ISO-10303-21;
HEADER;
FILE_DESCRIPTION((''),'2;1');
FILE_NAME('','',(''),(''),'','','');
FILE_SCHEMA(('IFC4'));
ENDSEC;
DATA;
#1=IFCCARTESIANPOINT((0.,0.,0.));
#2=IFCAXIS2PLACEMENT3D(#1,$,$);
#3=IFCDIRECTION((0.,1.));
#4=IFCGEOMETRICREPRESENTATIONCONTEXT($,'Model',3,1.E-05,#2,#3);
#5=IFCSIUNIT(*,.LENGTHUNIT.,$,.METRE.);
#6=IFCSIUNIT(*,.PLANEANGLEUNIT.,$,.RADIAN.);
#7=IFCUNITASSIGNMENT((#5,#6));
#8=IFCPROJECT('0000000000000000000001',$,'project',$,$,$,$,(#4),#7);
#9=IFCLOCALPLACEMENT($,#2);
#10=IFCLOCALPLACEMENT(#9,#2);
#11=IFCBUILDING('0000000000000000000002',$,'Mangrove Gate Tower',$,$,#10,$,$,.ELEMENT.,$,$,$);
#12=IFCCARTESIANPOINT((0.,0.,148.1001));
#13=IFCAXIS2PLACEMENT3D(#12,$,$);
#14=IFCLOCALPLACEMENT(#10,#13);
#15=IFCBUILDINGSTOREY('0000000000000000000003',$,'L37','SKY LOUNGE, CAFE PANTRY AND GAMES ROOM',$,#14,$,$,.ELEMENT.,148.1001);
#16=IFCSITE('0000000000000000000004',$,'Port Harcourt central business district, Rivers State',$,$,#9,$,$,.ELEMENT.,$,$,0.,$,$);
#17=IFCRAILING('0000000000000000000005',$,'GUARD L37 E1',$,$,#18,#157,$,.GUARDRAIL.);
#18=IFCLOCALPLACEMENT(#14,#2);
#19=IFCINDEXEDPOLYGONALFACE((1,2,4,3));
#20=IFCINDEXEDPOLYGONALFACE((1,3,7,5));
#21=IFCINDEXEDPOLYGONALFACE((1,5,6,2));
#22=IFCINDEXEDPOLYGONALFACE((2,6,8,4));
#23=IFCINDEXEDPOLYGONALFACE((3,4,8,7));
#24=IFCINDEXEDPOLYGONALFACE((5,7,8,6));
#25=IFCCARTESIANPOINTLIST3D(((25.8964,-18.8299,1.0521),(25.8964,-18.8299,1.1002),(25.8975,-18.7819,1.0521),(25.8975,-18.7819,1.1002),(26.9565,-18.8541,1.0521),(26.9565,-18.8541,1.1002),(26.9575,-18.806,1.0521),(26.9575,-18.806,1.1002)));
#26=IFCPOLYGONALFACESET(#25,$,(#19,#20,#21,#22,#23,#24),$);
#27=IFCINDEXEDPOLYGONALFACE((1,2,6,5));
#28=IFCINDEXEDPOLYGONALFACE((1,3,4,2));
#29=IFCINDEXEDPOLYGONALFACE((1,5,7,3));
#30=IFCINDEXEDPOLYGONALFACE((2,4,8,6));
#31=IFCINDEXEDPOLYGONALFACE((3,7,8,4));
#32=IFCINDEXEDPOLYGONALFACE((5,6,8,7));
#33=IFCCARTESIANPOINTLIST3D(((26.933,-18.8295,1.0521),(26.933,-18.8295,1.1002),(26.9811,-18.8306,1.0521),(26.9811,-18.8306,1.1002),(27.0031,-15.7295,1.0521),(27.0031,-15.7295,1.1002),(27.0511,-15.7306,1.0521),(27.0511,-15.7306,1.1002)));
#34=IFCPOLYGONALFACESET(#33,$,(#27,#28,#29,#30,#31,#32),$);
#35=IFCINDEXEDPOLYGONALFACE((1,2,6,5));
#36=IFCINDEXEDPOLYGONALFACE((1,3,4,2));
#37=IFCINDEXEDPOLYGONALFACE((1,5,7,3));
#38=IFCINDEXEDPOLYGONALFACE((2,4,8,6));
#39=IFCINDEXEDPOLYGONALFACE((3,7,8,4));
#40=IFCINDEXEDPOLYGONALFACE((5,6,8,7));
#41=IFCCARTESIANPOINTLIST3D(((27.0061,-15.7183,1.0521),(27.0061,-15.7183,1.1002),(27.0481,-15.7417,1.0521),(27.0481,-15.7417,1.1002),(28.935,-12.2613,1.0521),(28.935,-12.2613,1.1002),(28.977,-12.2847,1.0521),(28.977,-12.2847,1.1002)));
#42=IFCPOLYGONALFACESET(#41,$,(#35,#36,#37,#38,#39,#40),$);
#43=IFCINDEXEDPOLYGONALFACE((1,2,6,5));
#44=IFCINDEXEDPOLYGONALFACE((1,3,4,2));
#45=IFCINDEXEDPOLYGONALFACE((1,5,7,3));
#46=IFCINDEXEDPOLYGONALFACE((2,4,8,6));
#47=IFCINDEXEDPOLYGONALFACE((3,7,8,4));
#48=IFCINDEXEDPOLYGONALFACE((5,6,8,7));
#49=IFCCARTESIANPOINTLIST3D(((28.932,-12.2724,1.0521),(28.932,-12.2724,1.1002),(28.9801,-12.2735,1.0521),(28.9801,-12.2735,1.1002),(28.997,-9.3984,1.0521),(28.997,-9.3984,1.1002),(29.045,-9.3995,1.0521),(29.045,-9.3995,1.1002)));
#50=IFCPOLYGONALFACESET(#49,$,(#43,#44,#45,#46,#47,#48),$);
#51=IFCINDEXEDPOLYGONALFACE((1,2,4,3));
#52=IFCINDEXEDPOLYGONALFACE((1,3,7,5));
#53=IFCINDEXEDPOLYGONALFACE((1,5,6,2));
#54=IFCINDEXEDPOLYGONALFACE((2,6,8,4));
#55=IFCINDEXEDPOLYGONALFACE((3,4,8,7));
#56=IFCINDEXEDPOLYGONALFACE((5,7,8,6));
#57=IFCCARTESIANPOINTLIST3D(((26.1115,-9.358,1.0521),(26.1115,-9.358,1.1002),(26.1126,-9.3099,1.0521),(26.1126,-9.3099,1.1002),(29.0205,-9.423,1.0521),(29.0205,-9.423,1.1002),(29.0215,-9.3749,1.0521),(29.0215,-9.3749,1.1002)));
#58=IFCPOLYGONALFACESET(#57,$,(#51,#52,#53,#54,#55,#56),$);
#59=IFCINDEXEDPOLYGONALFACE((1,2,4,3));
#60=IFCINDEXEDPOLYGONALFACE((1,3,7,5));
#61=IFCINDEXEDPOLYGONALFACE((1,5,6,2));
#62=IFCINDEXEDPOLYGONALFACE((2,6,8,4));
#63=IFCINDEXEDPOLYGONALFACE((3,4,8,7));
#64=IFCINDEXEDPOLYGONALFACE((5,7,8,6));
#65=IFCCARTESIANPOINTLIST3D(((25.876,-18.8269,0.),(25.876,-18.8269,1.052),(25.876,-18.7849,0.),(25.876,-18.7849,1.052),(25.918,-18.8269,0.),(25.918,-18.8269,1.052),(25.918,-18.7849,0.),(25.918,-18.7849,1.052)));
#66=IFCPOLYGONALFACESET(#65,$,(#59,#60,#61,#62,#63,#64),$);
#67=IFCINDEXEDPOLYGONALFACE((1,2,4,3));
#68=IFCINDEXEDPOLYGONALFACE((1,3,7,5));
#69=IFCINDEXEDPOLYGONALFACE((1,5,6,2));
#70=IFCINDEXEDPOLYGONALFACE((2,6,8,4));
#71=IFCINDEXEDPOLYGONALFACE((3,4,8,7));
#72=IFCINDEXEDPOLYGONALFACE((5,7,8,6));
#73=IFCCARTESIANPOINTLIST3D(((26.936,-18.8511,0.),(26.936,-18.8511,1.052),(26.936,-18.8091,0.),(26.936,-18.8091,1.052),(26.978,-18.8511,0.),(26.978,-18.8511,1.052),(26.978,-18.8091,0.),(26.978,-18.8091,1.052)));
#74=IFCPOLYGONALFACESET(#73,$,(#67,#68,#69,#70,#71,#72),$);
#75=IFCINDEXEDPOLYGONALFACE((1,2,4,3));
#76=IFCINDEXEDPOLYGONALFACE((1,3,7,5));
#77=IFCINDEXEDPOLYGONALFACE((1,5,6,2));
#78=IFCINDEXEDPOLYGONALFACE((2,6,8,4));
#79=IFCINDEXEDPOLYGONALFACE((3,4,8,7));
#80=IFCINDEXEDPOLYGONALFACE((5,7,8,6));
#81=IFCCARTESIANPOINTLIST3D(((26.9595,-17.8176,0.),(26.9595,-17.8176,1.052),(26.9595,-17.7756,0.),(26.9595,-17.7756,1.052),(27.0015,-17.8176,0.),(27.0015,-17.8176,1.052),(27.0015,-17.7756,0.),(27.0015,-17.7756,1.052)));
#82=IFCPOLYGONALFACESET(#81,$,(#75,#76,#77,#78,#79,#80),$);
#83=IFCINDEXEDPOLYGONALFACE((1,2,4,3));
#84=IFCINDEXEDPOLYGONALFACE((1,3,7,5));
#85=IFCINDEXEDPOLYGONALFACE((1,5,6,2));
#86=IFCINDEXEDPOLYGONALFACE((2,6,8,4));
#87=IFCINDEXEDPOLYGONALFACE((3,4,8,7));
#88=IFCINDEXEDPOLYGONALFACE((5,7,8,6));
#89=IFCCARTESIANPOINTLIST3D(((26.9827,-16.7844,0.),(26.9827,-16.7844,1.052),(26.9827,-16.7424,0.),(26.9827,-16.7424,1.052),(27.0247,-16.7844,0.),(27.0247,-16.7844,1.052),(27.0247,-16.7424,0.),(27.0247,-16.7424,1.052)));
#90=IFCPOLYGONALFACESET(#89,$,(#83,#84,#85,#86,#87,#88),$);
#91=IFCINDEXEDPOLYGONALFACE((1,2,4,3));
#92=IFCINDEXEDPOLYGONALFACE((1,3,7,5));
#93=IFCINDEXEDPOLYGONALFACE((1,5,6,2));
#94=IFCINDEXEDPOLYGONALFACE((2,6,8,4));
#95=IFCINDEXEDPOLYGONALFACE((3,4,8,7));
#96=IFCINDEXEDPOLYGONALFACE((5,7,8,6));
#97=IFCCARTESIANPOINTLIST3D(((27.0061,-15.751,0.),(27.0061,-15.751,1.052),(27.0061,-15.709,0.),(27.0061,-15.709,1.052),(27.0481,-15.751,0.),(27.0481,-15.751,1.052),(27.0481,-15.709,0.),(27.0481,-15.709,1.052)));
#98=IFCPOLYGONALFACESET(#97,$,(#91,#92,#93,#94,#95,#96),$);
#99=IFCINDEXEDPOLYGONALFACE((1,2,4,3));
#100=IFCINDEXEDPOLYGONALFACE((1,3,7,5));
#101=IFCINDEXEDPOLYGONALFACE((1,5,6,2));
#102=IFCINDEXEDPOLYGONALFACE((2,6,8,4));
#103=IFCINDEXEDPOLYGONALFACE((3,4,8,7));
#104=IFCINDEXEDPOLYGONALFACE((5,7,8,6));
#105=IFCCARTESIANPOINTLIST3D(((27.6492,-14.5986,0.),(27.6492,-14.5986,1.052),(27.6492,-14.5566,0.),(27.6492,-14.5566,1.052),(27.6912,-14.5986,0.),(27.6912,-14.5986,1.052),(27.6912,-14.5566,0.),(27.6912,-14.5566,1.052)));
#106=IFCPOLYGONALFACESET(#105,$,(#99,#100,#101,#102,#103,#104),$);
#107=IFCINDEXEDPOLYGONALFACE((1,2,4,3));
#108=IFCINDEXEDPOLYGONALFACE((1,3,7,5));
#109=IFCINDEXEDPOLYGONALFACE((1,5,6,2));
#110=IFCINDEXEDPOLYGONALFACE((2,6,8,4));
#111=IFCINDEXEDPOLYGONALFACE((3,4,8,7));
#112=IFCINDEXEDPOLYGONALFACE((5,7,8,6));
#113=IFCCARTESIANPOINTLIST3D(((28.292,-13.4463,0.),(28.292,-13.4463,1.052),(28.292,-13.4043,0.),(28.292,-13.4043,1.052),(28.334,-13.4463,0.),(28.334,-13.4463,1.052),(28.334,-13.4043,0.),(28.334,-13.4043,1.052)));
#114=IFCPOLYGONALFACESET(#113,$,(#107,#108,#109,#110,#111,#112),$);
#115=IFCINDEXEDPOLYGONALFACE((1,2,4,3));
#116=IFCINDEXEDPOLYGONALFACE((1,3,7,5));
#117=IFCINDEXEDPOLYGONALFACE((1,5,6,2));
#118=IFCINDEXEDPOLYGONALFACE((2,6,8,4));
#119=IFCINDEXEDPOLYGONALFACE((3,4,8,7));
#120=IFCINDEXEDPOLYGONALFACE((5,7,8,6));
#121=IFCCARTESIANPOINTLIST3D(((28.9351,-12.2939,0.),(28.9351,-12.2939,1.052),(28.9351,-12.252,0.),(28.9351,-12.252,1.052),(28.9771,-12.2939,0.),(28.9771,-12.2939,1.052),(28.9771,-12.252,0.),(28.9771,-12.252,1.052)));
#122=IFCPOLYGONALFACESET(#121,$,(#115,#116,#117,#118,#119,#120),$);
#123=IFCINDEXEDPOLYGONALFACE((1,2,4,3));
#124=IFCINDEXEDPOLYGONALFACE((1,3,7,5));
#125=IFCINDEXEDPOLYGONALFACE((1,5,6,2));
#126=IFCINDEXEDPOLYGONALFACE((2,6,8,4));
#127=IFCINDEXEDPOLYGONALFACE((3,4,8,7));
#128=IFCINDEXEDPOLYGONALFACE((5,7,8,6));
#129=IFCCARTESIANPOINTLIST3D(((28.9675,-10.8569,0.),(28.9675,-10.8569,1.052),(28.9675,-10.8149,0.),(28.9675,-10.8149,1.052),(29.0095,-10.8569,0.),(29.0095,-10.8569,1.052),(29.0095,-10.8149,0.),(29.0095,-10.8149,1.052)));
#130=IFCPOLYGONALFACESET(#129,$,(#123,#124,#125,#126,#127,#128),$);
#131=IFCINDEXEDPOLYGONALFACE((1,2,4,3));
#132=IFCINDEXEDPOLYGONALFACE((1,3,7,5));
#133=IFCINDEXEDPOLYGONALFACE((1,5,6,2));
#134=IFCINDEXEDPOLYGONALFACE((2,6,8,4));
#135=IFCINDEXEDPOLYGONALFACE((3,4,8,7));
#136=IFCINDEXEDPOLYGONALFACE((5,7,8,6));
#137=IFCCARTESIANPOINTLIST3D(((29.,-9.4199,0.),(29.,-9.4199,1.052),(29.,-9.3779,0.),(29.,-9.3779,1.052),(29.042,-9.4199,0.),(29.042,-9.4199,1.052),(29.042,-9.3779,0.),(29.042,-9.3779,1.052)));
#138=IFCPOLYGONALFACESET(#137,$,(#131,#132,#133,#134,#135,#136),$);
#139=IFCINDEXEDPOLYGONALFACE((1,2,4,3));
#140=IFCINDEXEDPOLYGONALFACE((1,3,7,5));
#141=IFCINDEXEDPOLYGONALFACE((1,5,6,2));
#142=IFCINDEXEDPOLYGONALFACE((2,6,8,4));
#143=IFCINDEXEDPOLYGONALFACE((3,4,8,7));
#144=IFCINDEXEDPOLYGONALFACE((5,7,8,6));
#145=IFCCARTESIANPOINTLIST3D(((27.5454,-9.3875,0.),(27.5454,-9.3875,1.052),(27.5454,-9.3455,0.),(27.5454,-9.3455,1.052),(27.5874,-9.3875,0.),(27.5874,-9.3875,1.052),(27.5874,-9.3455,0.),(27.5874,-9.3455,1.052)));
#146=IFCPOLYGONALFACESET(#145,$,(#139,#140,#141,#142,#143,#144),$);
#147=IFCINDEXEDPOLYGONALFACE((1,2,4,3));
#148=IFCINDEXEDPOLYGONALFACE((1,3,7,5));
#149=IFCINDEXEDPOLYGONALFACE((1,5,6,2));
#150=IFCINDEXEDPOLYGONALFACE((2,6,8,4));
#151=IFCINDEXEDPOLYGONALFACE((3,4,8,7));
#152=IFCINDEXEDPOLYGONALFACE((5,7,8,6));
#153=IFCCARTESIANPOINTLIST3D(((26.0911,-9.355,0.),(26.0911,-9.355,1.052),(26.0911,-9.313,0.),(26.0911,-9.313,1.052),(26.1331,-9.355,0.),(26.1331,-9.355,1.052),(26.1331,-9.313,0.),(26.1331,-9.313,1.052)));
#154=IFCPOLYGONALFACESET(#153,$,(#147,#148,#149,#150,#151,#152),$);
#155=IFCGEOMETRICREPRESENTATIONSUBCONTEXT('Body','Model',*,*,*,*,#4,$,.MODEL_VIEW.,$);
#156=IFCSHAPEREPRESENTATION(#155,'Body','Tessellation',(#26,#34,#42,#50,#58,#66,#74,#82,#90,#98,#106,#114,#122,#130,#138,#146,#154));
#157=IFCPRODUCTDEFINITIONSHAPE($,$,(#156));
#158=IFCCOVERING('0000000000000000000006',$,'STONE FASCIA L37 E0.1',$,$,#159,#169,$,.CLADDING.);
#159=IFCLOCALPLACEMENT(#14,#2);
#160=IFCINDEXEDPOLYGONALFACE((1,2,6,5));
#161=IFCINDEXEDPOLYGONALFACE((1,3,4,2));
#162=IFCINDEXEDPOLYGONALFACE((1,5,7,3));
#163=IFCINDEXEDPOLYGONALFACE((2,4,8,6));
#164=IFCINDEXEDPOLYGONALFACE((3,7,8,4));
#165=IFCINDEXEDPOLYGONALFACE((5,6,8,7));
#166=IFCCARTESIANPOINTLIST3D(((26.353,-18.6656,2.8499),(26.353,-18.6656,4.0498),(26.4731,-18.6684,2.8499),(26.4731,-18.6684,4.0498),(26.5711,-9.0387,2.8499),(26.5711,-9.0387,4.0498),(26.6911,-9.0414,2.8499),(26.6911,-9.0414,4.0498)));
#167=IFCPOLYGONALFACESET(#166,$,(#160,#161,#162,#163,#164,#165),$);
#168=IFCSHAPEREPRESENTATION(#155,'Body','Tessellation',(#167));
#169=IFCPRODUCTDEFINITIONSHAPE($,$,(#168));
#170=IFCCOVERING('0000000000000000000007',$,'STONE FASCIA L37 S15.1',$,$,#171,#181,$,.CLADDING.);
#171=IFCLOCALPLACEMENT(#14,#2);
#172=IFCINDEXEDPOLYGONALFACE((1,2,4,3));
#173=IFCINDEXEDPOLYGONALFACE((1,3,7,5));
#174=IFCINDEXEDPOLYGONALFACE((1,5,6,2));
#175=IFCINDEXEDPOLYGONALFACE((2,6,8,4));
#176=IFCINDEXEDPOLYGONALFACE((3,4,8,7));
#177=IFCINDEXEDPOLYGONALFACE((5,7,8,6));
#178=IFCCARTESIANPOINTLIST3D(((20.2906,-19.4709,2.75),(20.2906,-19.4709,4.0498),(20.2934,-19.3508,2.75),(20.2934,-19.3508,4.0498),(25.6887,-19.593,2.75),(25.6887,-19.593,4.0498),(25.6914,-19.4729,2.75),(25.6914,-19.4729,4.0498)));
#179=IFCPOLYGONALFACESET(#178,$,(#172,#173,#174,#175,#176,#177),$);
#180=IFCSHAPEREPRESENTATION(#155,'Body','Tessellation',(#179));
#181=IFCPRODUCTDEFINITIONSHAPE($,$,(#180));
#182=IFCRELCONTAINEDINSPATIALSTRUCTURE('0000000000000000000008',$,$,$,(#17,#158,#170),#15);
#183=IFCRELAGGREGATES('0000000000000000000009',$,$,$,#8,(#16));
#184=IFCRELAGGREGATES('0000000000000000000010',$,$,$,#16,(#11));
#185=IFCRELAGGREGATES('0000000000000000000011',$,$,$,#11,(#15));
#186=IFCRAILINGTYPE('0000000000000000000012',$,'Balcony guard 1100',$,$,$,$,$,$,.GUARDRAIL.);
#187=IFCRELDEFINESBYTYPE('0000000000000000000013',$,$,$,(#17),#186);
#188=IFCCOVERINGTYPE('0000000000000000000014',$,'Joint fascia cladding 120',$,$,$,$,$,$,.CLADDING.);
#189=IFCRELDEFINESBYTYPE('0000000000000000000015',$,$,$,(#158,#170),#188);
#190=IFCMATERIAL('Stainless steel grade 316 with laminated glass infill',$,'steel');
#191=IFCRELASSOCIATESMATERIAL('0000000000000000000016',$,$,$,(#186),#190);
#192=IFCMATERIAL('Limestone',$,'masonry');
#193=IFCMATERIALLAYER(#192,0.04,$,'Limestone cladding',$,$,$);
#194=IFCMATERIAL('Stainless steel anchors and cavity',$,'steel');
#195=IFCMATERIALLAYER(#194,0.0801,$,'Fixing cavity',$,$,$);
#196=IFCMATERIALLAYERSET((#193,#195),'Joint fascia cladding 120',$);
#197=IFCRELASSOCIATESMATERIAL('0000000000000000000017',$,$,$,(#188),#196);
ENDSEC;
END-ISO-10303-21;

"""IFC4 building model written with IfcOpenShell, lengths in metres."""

from ifc_helpers import new_model, si_unit, direction, frame, frame_2d, origin, origin_2d, place, context, subcontext, project, spatial, rectangle, extrude, material, layer, layer_set, type_object, element, save


model = new_model("IFC4")

# Units and contexts
model_context = context("Model", 3, precision=1e-05, world=origin(), true_north=direction((0.0, 1.0)))
body_context = subcontext(model_context, "Body", "Model", "MODEL_VIEW")
ifc_project = project(units=[si_unit("LENGTHUNIT", "METRE"), si_unit("PLANEANGLEUNIT", "RADIAN")], contexts=[model_context])

# Site, building, storey
site_placement = place(None, origin())
site = spatial("IfcSite", under=ifc_project, at=site_placement, Name="Port Harcourt central business district, Rivers State", CompositionType="ELEMENT", RefElevation=0.0)
building_placement = place(site_placement, origin())
building = spatial("IfcBuilding", under=site, at=building_placement, Name="Mangrove Gate Tower", CompositionType="ELEMENT")
storey_placement = place(building_placement, frame((0.0, 0.0, 148.1001)))
storey = spatial("IfcBuildingStorey", under=building, at=storey_placement, Name="L37", Description="SKY LOUNGE, CAFE PANTRY AND GAMES ROOM", CompositionType="ELEMENT", Elevation=148.1001)

# Shared definitions
ifc_material_1 = material(Name="Limestone", Category="masonry")

# Railing
ifc_material_2 = material(Name="Stainless steel grade 316 with laminated glass infill", Category="steel")
railing_type = type_object("IfcRailingType", Name="Balcony guard 1100", PredefinedType="GUARDRAIL", material=ifc_material_2)
railing_placement = place(storey_placement, frame((25.897, -18.8059, 0.0)))
element("IfcRailing", 1, at=railing_placement, inside=storey, type_object=railing_type, Name="GUARD L37 E1", PredefinedType="GUARDRAIL", context=body_context, shape_type="SweptSolid", body=[
    extrude(rectangle(XDim=0.0481, YDim=0.0481, at=origin_2d()), frame((0.0, 0.0, 1.0762), z_axis=(0.99974, -0.022795, 0.0), x_axis=(0.022795, 0.99974, 0.0)), (0.0, 0.0, 1.0), 1.0603),
    extrude(rectangle(XDim=0.0481, YDim=0.0481, at=origin_2d()), frame((1.0601, -0.0242, 1.0762), z_axis=(0.022596, 0.999745, 0.0), x_axis=(-0.999745, 0.022596, 0.0)), (0.0, 0.0, 1.0), 3.1008),
    extrude(rectangle(XDim=0.0481, YDim=0.0481, at=origin_2d()), frame((1.1301, 3.0759, 1.0762), z_axis=(0.48726, 0.873257, 0.0), x_axis=(-0.873257, 0.48726, 0.0)), (0.0, 0.0, 1.0), 3.9587),
    extrude(rectangle(XDim=0.0481, YDim=0.0481, at=origin_2d()), frame((3.0591, 6.533, 1.0762), z_axis=(0.02259, 0.999745, 0.0), x_axis=(-0.999745, 0.02259, 0.0)), (0.0, 0.0, 1.0), 2.8748),
    extrude(rectangle(XDim=0.0481, YDim=0.0481, at=origin_2d()), frame((3.124, 9.407, 1.0762), z_axis=(-0.999751, 0.022319, 0.0), x_axis=(-0.022319, -0.999751, 0.0)), (0.0, 0.0, 1.0), 2.9097),
    extrude(rectangle(XDim=0.042, YDim=0.042, at=origin_2d()), origin(), (0.0, 0.0, 1.0), 1.052),
    extrude(rectangle(XDim=0.042, YDim=0.042, at=origin_2d()), frame((1.0601, -0.0242, 0.0)), (0.0, 0.0, 1.0), 1.052),
    extrude(rectangle(XDim=0.042, YDim=0.042, at=origin_2d()), frame((1.0835, 1.0093, 0.0)), (0.0, 0.0, 1.0), 1.052),
    extrude(rectangle(XDim=0.042, YDim=0.042, at=origin_2d()), frame((1.1067, 2.0425, 0.0)), (0.0, 0.0, 1.0), 1.052),
    extrude(rectangle(XDim=0.042, YDim=0.042, at=origin_2d()), frame((1.1301, 3.0759, 0.0)), (0.0, 0.0, 1.0), 1.052),
    extrude(rectangle(XDim=0.042, YDim=0.042, at=origin_2d()), frame((1.7732, 4.2283, 0.0)), (0.0, 0.0, 1.0), 1.052),
    extrude(rectangle(XDim=0.042, YDim=0.042, at=origin_2d()), frame((2.416, 5.3806, 0.0)), (0.0, 0.0, 1.0), 1.052),
    extrude(rectangle(XDim=0.042, YDim=0.042, at=origin_2d()), frame((3.0591, 6.533, 0.0)), (0.0, 0.0, 1.0), 1.052),
    extrude(rectangle(XDim=0.042, YDim=0.042, at=origin_2d()), frame((3.0916, 7.97, 0.0)), (0.0, 0.0, 1.0), 1.052),
    extrude(rectangle(XDim=0.042, YDim=0.042, at=origin_2d()), frame((3.124, 9.407, 0.0)), (0.0, 0.0, 1.0), 1.052),
    extrude(rectangle(XDim=0.042, YDim=0.042, at=origin_2d()), frame((1.6694, 9.4395, 0.0)), (0.0, 0.0, 1.0), 1.052),
    extrude(rectangle(XDim=0.042, YDim=0.042, at=origin_2d()), frame((0.2151, 9.4719, 0.0)), (0.0, 0.0, 1.0), 1.052),
])

# Coverings
ifc_layer_1 = layer(ifc_material_1, 0.04, Name="Limestone cladding")
ifc_material_3 = material(Name="Stainless steel anchors and cavity", Category="steel")
ifc_layer_2 = layer(ifc_material_3, 0.0801, Name="Fixing cavity")
ifc_layer_set_1 = layer_set([ifc_layer_1, ifc_layer_2], Name="Joint fascia cladding 120")
covering_type = type_object("IfcCoveringType", Name="Joint fascia cladding 120", PredefinedType="CLADDING", material=ifc_layer_set_1)
covering_1_placement = place(storey_placement, frame((26.4131, -18.667, 2.8499), z_axis=(0.0, 0.0, 1.0), x_axis=(0.022641, 0.999744, 0.0)))
element("IfcCovering", 2, at=covering_1_placement, inside=storey, type_object=covering_type, Name="STONE FASCIA L37 E0.1", PredefinedType="CLADDING", context=body_context, shape_type="SweptSolid", body=[
    extrude(rectangle(XDim=9.6294, YDim=0.1201, at=frame_2d((4.8147, 0.0))), origin(), (0.0, 0.0, 1.0), 1.2),
])
covering_2_placement = place(storey_placement, frame((20.292, -19.4109, 2.75), z_axis=(0.0, 0.0, 1.0), x_axis=(0.999744, -0.022608, 0.0)))
element("IfcCovering", 3, at=covering_2_placement, inside=storey, type_object=covering_type, Name="STONE FASCIA L37 S15.1", PredefinedType="CLADDING", context=body_context, shape_type="SweptSolid", body=[
    extrude(rectangle(XDim=5.3994, YDim=0.1201, at=frame_2d((2.6997, 0.0))), origin(), (0.0, 0.0, 1.0), 1.2998),
])

save(model, "model.ifc")
